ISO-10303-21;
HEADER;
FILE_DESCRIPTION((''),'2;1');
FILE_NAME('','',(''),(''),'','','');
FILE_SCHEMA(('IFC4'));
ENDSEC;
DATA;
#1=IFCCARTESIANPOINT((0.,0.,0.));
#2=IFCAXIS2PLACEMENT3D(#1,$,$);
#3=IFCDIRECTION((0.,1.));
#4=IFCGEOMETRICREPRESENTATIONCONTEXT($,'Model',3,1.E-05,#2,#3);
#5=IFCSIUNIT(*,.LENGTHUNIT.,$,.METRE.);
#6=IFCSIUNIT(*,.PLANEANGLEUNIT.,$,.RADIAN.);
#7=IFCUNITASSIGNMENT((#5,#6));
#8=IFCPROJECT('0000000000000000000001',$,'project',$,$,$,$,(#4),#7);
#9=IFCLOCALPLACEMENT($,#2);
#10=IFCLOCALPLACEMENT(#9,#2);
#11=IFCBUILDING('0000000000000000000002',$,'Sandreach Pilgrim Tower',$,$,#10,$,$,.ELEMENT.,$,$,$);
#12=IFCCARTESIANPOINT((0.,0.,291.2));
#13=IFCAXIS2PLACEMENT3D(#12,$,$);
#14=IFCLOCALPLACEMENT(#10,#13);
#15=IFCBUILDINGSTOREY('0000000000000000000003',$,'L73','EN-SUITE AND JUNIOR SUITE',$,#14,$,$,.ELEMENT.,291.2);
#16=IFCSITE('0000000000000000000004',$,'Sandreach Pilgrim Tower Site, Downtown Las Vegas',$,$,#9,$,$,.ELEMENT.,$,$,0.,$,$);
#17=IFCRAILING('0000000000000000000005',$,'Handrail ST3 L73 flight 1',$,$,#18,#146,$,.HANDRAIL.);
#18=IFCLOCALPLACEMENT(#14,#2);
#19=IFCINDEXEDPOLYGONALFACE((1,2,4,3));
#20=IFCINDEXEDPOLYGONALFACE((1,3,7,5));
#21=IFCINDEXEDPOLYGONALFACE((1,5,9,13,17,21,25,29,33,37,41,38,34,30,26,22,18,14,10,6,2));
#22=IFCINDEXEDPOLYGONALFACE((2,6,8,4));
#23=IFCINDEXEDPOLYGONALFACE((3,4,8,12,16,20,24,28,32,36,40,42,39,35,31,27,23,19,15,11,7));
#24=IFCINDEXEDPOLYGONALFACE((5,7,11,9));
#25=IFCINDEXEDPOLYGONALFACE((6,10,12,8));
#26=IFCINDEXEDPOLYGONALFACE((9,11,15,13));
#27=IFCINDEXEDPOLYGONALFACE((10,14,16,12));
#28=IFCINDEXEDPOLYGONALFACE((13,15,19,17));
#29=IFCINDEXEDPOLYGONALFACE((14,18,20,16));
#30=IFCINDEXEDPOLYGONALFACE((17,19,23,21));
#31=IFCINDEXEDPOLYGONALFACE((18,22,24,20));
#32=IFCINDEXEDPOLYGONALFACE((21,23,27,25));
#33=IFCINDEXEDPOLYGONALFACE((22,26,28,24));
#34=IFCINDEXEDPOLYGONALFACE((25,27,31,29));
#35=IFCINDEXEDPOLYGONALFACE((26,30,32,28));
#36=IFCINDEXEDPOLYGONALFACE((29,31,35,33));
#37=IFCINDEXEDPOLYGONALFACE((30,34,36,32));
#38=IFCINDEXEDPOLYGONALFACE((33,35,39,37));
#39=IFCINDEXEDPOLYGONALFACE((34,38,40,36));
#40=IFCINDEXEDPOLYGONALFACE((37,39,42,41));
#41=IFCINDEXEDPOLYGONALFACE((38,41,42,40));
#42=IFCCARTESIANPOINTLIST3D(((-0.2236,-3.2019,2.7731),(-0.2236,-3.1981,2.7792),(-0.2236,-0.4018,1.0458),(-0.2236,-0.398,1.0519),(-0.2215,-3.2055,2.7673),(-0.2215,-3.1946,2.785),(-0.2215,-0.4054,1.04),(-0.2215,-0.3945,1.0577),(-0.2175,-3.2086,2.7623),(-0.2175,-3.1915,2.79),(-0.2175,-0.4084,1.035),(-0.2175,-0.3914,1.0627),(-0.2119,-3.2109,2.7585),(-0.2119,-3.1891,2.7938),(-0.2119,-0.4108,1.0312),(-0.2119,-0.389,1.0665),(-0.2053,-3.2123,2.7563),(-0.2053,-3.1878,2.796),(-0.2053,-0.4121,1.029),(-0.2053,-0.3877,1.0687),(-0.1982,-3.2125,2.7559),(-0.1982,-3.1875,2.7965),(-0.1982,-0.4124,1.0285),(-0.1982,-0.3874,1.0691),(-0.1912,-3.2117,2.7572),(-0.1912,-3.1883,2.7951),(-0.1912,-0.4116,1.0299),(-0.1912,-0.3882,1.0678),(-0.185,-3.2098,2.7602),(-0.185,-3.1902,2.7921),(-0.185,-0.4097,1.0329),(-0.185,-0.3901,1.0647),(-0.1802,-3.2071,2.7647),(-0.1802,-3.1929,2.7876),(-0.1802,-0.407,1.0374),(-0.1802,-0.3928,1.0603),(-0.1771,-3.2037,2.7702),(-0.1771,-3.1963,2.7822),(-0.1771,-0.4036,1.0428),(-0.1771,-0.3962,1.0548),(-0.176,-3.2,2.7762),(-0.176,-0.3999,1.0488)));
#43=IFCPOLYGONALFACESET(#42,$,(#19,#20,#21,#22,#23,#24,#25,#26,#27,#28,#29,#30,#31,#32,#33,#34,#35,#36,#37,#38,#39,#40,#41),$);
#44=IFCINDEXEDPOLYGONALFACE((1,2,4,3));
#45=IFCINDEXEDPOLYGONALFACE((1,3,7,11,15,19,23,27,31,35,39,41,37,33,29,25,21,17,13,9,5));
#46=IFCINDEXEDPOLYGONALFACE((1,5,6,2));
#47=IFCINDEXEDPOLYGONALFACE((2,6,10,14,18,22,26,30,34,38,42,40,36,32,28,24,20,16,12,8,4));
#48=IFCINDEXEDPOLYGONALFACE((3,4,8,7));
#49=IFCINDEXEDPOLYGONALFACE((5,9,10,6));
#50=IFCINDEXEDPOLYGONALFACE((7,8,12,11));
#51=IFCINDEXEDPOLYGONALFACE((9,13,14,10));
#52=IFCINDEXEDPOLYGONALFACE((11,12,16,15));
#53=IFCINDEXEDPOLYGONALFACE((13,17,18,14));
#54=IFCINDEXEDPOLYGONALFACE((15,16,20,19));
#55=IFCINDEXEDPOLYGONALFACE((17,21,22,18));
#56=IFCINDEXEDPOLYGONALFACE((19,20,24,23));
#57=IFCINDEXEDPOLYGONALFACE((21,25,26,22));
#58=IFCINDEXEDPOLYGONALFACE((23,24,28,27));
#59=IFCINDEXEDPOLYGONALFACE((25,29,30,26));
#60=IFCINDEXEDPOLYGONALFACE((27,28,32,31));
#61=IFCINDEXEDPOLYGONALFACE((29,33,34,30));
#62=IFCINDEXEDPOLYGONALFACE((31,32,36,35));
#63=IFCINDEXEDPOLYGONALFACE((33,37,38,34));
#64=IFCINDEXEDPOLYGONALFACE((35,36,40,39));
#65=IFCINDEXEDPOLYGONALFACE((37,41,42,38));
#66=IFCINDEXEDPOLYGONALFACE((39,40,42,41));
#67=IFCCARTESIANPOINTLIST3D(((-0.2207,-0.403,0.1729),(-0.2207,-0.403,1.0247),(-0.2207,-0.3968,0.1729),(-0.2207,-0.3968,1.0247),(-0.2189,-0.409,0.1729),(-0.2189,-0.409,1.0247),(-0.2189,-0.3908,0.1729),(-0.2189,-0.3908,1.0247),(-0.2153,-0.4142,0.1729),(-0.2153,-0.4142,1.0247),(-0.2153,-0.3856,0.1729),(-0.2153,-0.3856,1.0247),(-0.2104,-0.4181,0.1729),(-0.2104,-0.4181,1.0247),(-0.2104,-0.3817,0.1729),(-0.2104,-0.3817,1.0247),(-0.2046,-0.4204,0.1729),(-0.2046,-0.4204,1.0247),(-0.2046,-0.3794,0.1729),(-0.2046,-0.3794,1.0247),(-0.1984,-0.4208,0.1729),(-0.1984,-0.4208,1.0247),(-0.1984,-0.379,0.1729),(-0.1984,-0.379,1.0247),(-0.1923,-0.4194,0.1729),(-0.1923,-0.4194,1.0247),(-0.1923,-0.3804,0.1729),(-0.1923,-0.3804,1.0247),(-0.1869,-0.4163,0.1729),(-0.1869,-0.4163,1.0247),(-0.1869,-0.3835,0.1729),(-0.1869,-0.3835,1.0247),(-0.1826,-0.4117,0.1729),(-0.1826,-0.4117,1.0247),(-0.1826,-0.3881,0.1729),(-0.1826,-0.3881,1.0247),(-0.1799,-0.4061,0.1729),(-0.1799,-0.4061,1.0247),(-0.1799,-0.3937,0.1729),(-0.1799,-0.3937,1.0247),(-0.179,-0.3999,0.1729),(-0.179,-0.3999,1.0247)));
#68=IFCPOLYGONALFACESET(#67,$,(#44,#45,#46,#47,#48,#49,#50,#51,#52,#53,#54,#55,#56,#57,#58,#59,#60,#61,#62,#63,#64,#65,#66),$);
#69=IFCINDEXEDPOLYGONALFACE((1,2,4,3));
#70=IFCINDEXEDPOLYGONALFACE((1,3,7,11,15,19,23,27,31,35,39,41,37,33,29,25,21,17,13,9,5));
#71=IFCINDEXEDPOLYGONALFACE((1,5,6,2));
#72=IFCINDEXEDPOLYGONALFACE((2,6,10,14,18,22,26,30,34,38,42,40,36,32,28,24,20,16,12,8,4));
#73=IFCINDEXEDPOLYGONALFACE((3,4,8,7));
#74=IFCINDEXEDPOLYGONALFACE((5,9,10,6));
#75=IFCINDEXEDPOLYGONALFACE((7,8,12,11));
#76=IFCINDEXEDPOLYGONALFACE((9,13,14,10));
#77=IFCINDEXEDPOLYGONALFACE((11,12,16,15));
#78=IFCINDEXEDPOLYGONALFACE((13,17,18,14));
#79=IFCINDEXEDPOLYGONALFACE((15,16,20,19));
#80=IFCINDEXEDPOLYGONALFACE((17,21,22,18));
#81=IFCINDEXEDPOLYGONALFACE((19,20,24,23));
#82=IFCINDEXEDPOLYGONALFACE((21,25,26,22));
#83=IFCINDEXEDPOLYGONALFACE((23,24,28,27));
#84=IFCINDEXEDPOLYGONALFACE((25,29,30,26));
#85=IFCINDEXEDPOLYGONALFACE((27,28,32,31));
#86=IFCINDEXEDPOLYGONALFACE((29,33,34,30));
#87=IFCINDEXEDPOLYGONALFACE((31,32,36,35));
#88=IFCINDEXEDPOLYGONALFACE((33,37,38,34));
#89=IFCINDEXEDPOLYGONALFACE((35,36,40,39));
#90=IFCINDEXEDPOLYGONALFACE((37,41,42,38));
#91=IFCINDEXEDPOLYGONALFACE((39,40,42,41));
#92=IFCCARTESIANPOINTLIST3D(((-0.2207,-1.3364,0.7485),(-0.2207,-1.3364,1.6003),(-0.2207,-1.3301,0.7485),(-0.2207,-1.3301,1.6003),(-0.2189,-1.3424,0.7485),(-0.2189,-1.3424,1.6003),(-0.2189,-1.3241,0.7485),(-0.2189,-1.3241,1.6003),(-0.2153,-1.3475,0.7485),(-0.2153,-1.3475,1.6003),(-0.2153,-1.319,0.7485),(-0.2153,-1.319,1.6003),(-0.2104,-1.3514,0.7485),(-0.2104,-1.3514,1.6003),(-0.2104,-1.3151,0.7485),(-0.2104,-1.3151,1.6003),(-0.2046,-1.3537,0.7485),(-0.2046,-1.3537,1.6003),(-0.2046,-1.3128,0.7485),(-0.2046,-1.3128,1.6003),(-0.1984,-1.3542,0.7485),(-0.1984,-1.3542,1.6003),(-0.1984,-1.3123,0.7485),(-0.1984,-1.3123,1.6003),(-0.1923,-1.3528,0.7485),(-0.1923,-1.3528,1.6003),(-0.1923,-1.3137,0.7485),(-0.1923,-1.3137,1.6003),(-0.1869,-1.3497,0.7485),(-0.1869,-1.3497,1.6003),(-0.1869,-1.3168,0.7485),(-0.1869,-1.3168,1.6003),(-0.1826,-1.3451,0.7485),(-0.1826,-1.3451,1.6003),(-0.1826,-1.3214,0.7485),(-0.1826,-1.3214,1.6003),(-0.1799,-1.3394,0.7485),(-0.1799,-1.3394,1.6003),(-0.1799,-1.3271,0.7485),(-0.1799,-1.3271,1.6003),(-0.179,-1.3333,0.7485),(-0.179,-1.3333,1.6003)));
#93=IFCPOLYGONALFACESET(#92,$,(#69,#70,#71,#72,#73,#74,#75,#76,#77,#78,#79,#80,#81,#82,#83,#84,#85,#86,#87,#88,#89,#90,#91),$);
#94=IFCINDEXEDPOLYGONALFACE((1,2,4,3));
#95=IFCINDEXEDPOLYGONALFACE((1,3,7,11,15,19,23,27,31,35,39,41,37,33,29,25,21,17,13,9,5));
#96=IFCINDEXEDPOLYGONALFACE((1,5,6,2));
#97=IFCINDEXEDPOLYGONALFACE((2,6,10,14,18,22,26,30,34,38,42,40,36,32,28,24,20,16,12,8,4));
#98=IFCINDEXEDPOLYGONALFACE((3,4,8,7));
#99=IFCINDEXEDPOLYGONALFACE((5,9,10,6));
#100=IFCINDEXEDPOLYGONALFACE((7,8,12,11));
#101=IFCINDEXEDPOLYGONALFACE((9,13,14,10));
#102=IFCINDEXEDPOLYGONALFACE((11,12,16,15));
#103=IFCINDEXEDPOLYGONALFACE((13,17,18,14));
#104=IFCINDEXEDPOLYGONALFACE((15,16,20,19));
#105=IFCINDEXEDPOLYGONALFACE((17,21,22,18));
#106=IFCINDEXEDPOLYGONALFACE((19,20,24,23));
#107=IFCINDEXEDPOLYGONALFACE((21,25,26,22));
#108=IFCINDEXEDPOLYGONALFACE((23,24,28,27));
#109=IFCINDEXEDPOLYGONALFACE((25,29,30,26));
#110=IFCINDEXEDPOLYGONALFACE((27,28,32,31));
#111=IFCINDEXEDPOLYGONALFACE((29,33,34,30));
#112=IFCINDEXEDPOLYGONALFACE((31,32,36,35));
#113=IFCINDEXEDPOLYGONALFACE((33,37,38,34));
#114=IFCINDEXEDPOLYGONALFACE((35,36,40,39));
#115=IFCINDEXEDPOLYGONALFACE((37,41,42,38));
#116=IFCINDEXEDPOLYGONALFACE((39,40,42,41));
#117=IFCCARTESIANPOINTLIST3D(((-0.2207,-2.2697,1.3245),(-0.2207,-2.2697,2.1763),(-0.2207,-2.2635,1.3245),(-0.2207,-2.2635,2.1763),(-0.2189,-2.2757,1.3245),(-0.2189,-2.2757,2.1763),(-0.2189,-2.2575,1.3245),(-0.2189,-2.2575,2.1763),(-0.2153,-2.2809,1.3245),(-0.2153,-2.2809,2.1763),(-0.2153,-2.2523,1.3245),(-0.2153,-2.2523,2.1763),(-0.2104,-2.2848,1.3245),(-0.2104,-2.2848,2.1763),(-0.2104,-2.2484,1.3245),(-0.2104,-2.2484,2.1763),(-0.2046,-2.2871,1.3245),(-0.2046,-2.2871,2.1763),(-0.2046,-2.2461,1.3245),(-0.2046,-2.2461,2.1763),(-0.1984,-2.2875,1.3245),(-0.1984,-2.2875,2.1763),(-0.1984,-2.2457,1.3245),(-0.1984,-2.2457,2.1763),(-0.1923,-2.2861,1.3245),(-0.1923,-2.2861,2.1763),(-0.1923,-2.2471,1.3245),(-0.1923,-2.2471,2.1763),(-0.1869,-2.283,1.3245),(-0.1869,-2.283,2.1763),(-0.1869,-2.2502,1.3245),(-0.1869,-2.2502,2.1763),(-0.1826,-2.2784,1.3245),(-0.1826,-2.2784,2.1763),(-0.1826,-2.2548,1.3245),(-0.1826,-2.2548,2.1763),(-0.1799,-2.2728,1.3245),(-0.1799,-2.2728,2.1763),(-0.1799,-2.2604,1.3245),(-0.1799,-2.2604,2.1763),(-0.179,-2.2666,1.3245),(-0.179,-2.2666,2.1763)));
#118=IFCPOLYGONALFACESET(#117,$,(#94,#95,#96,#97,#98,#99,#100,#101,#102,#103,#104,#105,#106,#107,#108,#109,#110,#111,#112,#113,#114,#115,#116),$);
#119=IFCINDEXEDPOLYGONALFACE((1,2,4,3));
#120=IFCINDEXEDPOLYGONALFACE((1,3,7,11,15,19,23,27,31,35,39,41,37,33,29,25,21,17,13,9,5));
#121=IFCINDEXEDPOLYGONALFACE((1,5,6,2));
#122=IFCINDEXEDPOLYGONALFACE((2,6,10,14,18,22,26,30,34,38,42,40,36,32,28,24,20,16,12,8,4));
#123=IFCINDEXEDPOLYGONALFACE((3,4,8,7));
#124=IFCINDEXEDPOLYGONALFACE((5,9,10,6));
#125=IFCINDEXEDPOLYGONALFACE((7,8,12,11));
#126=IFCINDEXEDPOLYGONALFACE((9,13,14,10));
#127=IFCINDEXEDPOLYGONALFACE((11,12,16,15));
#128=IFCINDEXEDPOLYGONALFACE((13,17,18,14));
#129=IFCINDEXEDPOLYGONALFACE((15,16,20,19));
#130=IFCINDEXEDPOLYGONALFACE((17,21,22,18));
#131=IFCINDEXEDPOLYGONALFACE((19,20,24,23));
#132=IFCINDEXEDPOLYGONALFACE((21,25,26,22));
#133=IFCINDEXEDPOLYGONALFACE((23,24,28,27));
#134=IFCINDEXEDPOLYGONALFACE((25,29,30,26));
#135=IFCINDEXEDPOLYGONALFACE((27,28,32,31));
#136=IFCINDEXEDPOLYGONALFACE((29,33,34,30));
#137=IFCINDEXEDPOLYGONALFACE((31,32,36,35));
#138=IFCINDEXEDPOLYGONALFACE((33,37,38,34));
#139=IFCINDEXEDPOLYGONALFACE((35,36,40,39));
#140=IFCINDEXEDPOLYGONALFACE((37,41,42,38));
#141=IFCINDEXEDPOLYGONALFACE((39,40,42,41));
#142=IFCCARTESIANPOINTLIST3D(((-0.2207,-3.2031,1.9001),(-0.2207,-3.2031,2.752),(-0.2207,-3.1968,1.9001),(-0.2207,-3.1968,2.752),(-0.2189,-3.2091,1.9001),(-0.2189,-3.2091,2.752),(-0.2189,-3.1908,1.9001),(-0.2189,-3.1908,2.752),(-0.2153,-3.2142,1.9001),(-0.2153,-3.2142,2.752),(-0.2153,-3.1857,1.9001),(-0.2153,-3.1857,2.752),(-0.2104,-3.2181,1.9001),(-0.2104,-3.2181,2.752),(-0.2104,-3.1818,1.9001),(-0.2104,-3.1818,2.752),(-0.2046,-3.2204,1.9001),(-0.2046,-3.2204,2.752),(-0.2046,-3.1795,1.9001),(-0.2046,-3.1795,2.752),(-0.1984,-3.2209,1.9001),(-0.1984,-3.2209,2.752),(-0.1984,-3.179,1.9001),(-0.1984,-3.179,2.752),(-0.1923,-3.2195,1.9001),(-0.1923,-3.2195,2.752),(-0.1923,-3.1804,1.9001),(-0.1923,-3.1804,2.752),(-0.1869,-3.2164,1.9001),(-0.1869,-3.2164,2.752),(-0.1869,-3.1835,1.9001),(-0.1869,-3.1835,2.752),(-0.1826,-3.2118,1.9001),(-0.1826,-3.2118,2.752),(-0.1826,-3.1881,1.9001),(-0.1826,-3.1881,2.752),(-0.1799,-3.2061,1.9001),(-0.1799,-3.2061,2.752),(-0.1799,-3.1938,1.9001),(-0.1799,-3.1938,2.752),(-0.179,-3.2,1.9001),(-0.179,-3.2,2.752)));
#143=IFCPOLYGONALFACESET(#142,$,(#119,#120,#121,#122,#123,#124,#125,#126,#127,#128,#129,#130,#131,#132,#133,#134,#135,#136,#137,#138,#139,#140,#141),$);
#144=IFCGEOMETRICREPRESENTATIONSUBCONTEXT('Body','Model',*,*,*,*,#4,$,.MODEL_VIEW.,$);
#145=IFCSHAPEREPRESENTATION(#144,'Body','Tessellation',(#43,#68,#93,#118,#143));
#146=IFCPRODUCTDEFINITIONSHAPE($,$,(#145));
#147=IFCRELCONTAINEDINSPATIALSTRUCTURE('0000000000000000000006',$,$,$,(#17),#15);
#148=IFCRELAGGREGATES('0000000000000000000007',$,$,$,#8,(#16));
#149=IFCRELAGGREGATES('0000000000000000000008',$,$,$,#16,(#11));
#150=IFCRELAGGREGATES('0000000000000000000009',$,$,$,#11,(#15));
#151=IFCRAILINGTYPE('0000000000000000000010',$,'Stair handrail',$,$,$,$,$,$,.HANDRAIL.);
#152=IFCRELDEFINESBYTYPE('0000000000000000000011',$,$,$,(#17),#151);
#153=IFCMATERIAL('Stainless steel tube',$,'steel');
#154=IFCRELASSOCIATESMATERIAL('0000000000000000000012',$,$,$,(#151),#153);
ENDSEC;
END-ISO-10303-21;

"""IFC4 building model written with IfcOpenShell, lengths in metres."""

from ifc_helpers import new_model, si_unit, direction, frame, origin, origin_2d, place, context, subcontext, project, spatial, circle, extrude, material, type_object, element, save


model = new_model("IFC4")

# Units and contexts
model_context = context("Model", 3, precision=1e-05, world=origin(), true_north=direction((0.0, 1.0)))
body_context = subcontext(model_context, "Body", "Model", "MODEL_VIEW")
ifc_project = project(units=[si_unit("LENGTHUNIT", "METRE"), si_unit("PLANEANGLEUNIT", "RADIAN")], contexts=[model_context])

# Site, building, storey
site_placement = place(None, origin())
site = spatial("IfcSite", under=ifc_project, at=site_placement, Name="Sandreach Pilgrim Tower Site, Downtown Las Vegas", CompositionType="ELEMENT", RefElevation=0.0)
building_placement = place(site_placement, origin())
building = spatial("IfcBuilding", under=site, at=building_placement, Name="Sandreach Pilgrim Tower", CompositionType="ELEMENT")
storey_placement = place(building_placement, frame((0.0, 0.0, 291.2)))
storey = spatial("IfcBuildingStorey", under=building, at=storey_placement, Name="L73", Description="EN-SUITE AND JUNIOR SUITE", CompositionType="ELEMENT", Elevation=291.2)

# Railing
ifc_material_1 = material(Name="Stainless steel tube", Category="steel")
railing_type = type_object("IfcRailingType", Name="Stair handrail", PredefinedType="HANDRAIL", material=ifc_material_1)
for number, where, name in (
    (1, (-0.2, -0.3999, 0.1729), "Handrail ST3 L73 flight 1"),
):
    element("IfcRailing", number, at=place(storey_placement, frame(where)), inside=storey, type_object=railing_type, Name=name, PredefinedType="HANDRAIL", context=body_context, shape_type="SweptSolid", body=[
        extrude(circle(Radius=0.0239, at=origin_2d()), frame((0.0, 0.0, 0.876), z_axis=(0.0, -0.85109, 0.52502), x_axis=(1.0, 0.0, 0.0)), (0.0, 0.0, 1.0), 3.29),
        extrude(circle(Radius=0.021, at=origin_2d()), origin(), (0.0, 0.0, 1.0), 0.8518),
        extrude(circle(Radius=0.021, at=origin_2d()), frame((0.0, -0.9333, 0.5757)), (0.0, 0.0, 1.0), 0.8518),
        extrude(circle(Radius=0.021, at=origin_2d()), frame((0.0, -1.8667, 1.1516)), (0.0, 0.0, 1.0), 0.8518),
        extrude(circle(Radius=0.021, at=origin_2d()), frame((0.0, -2.8, 1.7273)), (0.0, 0.0, 1.0), 0.8518),
    ])

save(model, "model.ifc")
